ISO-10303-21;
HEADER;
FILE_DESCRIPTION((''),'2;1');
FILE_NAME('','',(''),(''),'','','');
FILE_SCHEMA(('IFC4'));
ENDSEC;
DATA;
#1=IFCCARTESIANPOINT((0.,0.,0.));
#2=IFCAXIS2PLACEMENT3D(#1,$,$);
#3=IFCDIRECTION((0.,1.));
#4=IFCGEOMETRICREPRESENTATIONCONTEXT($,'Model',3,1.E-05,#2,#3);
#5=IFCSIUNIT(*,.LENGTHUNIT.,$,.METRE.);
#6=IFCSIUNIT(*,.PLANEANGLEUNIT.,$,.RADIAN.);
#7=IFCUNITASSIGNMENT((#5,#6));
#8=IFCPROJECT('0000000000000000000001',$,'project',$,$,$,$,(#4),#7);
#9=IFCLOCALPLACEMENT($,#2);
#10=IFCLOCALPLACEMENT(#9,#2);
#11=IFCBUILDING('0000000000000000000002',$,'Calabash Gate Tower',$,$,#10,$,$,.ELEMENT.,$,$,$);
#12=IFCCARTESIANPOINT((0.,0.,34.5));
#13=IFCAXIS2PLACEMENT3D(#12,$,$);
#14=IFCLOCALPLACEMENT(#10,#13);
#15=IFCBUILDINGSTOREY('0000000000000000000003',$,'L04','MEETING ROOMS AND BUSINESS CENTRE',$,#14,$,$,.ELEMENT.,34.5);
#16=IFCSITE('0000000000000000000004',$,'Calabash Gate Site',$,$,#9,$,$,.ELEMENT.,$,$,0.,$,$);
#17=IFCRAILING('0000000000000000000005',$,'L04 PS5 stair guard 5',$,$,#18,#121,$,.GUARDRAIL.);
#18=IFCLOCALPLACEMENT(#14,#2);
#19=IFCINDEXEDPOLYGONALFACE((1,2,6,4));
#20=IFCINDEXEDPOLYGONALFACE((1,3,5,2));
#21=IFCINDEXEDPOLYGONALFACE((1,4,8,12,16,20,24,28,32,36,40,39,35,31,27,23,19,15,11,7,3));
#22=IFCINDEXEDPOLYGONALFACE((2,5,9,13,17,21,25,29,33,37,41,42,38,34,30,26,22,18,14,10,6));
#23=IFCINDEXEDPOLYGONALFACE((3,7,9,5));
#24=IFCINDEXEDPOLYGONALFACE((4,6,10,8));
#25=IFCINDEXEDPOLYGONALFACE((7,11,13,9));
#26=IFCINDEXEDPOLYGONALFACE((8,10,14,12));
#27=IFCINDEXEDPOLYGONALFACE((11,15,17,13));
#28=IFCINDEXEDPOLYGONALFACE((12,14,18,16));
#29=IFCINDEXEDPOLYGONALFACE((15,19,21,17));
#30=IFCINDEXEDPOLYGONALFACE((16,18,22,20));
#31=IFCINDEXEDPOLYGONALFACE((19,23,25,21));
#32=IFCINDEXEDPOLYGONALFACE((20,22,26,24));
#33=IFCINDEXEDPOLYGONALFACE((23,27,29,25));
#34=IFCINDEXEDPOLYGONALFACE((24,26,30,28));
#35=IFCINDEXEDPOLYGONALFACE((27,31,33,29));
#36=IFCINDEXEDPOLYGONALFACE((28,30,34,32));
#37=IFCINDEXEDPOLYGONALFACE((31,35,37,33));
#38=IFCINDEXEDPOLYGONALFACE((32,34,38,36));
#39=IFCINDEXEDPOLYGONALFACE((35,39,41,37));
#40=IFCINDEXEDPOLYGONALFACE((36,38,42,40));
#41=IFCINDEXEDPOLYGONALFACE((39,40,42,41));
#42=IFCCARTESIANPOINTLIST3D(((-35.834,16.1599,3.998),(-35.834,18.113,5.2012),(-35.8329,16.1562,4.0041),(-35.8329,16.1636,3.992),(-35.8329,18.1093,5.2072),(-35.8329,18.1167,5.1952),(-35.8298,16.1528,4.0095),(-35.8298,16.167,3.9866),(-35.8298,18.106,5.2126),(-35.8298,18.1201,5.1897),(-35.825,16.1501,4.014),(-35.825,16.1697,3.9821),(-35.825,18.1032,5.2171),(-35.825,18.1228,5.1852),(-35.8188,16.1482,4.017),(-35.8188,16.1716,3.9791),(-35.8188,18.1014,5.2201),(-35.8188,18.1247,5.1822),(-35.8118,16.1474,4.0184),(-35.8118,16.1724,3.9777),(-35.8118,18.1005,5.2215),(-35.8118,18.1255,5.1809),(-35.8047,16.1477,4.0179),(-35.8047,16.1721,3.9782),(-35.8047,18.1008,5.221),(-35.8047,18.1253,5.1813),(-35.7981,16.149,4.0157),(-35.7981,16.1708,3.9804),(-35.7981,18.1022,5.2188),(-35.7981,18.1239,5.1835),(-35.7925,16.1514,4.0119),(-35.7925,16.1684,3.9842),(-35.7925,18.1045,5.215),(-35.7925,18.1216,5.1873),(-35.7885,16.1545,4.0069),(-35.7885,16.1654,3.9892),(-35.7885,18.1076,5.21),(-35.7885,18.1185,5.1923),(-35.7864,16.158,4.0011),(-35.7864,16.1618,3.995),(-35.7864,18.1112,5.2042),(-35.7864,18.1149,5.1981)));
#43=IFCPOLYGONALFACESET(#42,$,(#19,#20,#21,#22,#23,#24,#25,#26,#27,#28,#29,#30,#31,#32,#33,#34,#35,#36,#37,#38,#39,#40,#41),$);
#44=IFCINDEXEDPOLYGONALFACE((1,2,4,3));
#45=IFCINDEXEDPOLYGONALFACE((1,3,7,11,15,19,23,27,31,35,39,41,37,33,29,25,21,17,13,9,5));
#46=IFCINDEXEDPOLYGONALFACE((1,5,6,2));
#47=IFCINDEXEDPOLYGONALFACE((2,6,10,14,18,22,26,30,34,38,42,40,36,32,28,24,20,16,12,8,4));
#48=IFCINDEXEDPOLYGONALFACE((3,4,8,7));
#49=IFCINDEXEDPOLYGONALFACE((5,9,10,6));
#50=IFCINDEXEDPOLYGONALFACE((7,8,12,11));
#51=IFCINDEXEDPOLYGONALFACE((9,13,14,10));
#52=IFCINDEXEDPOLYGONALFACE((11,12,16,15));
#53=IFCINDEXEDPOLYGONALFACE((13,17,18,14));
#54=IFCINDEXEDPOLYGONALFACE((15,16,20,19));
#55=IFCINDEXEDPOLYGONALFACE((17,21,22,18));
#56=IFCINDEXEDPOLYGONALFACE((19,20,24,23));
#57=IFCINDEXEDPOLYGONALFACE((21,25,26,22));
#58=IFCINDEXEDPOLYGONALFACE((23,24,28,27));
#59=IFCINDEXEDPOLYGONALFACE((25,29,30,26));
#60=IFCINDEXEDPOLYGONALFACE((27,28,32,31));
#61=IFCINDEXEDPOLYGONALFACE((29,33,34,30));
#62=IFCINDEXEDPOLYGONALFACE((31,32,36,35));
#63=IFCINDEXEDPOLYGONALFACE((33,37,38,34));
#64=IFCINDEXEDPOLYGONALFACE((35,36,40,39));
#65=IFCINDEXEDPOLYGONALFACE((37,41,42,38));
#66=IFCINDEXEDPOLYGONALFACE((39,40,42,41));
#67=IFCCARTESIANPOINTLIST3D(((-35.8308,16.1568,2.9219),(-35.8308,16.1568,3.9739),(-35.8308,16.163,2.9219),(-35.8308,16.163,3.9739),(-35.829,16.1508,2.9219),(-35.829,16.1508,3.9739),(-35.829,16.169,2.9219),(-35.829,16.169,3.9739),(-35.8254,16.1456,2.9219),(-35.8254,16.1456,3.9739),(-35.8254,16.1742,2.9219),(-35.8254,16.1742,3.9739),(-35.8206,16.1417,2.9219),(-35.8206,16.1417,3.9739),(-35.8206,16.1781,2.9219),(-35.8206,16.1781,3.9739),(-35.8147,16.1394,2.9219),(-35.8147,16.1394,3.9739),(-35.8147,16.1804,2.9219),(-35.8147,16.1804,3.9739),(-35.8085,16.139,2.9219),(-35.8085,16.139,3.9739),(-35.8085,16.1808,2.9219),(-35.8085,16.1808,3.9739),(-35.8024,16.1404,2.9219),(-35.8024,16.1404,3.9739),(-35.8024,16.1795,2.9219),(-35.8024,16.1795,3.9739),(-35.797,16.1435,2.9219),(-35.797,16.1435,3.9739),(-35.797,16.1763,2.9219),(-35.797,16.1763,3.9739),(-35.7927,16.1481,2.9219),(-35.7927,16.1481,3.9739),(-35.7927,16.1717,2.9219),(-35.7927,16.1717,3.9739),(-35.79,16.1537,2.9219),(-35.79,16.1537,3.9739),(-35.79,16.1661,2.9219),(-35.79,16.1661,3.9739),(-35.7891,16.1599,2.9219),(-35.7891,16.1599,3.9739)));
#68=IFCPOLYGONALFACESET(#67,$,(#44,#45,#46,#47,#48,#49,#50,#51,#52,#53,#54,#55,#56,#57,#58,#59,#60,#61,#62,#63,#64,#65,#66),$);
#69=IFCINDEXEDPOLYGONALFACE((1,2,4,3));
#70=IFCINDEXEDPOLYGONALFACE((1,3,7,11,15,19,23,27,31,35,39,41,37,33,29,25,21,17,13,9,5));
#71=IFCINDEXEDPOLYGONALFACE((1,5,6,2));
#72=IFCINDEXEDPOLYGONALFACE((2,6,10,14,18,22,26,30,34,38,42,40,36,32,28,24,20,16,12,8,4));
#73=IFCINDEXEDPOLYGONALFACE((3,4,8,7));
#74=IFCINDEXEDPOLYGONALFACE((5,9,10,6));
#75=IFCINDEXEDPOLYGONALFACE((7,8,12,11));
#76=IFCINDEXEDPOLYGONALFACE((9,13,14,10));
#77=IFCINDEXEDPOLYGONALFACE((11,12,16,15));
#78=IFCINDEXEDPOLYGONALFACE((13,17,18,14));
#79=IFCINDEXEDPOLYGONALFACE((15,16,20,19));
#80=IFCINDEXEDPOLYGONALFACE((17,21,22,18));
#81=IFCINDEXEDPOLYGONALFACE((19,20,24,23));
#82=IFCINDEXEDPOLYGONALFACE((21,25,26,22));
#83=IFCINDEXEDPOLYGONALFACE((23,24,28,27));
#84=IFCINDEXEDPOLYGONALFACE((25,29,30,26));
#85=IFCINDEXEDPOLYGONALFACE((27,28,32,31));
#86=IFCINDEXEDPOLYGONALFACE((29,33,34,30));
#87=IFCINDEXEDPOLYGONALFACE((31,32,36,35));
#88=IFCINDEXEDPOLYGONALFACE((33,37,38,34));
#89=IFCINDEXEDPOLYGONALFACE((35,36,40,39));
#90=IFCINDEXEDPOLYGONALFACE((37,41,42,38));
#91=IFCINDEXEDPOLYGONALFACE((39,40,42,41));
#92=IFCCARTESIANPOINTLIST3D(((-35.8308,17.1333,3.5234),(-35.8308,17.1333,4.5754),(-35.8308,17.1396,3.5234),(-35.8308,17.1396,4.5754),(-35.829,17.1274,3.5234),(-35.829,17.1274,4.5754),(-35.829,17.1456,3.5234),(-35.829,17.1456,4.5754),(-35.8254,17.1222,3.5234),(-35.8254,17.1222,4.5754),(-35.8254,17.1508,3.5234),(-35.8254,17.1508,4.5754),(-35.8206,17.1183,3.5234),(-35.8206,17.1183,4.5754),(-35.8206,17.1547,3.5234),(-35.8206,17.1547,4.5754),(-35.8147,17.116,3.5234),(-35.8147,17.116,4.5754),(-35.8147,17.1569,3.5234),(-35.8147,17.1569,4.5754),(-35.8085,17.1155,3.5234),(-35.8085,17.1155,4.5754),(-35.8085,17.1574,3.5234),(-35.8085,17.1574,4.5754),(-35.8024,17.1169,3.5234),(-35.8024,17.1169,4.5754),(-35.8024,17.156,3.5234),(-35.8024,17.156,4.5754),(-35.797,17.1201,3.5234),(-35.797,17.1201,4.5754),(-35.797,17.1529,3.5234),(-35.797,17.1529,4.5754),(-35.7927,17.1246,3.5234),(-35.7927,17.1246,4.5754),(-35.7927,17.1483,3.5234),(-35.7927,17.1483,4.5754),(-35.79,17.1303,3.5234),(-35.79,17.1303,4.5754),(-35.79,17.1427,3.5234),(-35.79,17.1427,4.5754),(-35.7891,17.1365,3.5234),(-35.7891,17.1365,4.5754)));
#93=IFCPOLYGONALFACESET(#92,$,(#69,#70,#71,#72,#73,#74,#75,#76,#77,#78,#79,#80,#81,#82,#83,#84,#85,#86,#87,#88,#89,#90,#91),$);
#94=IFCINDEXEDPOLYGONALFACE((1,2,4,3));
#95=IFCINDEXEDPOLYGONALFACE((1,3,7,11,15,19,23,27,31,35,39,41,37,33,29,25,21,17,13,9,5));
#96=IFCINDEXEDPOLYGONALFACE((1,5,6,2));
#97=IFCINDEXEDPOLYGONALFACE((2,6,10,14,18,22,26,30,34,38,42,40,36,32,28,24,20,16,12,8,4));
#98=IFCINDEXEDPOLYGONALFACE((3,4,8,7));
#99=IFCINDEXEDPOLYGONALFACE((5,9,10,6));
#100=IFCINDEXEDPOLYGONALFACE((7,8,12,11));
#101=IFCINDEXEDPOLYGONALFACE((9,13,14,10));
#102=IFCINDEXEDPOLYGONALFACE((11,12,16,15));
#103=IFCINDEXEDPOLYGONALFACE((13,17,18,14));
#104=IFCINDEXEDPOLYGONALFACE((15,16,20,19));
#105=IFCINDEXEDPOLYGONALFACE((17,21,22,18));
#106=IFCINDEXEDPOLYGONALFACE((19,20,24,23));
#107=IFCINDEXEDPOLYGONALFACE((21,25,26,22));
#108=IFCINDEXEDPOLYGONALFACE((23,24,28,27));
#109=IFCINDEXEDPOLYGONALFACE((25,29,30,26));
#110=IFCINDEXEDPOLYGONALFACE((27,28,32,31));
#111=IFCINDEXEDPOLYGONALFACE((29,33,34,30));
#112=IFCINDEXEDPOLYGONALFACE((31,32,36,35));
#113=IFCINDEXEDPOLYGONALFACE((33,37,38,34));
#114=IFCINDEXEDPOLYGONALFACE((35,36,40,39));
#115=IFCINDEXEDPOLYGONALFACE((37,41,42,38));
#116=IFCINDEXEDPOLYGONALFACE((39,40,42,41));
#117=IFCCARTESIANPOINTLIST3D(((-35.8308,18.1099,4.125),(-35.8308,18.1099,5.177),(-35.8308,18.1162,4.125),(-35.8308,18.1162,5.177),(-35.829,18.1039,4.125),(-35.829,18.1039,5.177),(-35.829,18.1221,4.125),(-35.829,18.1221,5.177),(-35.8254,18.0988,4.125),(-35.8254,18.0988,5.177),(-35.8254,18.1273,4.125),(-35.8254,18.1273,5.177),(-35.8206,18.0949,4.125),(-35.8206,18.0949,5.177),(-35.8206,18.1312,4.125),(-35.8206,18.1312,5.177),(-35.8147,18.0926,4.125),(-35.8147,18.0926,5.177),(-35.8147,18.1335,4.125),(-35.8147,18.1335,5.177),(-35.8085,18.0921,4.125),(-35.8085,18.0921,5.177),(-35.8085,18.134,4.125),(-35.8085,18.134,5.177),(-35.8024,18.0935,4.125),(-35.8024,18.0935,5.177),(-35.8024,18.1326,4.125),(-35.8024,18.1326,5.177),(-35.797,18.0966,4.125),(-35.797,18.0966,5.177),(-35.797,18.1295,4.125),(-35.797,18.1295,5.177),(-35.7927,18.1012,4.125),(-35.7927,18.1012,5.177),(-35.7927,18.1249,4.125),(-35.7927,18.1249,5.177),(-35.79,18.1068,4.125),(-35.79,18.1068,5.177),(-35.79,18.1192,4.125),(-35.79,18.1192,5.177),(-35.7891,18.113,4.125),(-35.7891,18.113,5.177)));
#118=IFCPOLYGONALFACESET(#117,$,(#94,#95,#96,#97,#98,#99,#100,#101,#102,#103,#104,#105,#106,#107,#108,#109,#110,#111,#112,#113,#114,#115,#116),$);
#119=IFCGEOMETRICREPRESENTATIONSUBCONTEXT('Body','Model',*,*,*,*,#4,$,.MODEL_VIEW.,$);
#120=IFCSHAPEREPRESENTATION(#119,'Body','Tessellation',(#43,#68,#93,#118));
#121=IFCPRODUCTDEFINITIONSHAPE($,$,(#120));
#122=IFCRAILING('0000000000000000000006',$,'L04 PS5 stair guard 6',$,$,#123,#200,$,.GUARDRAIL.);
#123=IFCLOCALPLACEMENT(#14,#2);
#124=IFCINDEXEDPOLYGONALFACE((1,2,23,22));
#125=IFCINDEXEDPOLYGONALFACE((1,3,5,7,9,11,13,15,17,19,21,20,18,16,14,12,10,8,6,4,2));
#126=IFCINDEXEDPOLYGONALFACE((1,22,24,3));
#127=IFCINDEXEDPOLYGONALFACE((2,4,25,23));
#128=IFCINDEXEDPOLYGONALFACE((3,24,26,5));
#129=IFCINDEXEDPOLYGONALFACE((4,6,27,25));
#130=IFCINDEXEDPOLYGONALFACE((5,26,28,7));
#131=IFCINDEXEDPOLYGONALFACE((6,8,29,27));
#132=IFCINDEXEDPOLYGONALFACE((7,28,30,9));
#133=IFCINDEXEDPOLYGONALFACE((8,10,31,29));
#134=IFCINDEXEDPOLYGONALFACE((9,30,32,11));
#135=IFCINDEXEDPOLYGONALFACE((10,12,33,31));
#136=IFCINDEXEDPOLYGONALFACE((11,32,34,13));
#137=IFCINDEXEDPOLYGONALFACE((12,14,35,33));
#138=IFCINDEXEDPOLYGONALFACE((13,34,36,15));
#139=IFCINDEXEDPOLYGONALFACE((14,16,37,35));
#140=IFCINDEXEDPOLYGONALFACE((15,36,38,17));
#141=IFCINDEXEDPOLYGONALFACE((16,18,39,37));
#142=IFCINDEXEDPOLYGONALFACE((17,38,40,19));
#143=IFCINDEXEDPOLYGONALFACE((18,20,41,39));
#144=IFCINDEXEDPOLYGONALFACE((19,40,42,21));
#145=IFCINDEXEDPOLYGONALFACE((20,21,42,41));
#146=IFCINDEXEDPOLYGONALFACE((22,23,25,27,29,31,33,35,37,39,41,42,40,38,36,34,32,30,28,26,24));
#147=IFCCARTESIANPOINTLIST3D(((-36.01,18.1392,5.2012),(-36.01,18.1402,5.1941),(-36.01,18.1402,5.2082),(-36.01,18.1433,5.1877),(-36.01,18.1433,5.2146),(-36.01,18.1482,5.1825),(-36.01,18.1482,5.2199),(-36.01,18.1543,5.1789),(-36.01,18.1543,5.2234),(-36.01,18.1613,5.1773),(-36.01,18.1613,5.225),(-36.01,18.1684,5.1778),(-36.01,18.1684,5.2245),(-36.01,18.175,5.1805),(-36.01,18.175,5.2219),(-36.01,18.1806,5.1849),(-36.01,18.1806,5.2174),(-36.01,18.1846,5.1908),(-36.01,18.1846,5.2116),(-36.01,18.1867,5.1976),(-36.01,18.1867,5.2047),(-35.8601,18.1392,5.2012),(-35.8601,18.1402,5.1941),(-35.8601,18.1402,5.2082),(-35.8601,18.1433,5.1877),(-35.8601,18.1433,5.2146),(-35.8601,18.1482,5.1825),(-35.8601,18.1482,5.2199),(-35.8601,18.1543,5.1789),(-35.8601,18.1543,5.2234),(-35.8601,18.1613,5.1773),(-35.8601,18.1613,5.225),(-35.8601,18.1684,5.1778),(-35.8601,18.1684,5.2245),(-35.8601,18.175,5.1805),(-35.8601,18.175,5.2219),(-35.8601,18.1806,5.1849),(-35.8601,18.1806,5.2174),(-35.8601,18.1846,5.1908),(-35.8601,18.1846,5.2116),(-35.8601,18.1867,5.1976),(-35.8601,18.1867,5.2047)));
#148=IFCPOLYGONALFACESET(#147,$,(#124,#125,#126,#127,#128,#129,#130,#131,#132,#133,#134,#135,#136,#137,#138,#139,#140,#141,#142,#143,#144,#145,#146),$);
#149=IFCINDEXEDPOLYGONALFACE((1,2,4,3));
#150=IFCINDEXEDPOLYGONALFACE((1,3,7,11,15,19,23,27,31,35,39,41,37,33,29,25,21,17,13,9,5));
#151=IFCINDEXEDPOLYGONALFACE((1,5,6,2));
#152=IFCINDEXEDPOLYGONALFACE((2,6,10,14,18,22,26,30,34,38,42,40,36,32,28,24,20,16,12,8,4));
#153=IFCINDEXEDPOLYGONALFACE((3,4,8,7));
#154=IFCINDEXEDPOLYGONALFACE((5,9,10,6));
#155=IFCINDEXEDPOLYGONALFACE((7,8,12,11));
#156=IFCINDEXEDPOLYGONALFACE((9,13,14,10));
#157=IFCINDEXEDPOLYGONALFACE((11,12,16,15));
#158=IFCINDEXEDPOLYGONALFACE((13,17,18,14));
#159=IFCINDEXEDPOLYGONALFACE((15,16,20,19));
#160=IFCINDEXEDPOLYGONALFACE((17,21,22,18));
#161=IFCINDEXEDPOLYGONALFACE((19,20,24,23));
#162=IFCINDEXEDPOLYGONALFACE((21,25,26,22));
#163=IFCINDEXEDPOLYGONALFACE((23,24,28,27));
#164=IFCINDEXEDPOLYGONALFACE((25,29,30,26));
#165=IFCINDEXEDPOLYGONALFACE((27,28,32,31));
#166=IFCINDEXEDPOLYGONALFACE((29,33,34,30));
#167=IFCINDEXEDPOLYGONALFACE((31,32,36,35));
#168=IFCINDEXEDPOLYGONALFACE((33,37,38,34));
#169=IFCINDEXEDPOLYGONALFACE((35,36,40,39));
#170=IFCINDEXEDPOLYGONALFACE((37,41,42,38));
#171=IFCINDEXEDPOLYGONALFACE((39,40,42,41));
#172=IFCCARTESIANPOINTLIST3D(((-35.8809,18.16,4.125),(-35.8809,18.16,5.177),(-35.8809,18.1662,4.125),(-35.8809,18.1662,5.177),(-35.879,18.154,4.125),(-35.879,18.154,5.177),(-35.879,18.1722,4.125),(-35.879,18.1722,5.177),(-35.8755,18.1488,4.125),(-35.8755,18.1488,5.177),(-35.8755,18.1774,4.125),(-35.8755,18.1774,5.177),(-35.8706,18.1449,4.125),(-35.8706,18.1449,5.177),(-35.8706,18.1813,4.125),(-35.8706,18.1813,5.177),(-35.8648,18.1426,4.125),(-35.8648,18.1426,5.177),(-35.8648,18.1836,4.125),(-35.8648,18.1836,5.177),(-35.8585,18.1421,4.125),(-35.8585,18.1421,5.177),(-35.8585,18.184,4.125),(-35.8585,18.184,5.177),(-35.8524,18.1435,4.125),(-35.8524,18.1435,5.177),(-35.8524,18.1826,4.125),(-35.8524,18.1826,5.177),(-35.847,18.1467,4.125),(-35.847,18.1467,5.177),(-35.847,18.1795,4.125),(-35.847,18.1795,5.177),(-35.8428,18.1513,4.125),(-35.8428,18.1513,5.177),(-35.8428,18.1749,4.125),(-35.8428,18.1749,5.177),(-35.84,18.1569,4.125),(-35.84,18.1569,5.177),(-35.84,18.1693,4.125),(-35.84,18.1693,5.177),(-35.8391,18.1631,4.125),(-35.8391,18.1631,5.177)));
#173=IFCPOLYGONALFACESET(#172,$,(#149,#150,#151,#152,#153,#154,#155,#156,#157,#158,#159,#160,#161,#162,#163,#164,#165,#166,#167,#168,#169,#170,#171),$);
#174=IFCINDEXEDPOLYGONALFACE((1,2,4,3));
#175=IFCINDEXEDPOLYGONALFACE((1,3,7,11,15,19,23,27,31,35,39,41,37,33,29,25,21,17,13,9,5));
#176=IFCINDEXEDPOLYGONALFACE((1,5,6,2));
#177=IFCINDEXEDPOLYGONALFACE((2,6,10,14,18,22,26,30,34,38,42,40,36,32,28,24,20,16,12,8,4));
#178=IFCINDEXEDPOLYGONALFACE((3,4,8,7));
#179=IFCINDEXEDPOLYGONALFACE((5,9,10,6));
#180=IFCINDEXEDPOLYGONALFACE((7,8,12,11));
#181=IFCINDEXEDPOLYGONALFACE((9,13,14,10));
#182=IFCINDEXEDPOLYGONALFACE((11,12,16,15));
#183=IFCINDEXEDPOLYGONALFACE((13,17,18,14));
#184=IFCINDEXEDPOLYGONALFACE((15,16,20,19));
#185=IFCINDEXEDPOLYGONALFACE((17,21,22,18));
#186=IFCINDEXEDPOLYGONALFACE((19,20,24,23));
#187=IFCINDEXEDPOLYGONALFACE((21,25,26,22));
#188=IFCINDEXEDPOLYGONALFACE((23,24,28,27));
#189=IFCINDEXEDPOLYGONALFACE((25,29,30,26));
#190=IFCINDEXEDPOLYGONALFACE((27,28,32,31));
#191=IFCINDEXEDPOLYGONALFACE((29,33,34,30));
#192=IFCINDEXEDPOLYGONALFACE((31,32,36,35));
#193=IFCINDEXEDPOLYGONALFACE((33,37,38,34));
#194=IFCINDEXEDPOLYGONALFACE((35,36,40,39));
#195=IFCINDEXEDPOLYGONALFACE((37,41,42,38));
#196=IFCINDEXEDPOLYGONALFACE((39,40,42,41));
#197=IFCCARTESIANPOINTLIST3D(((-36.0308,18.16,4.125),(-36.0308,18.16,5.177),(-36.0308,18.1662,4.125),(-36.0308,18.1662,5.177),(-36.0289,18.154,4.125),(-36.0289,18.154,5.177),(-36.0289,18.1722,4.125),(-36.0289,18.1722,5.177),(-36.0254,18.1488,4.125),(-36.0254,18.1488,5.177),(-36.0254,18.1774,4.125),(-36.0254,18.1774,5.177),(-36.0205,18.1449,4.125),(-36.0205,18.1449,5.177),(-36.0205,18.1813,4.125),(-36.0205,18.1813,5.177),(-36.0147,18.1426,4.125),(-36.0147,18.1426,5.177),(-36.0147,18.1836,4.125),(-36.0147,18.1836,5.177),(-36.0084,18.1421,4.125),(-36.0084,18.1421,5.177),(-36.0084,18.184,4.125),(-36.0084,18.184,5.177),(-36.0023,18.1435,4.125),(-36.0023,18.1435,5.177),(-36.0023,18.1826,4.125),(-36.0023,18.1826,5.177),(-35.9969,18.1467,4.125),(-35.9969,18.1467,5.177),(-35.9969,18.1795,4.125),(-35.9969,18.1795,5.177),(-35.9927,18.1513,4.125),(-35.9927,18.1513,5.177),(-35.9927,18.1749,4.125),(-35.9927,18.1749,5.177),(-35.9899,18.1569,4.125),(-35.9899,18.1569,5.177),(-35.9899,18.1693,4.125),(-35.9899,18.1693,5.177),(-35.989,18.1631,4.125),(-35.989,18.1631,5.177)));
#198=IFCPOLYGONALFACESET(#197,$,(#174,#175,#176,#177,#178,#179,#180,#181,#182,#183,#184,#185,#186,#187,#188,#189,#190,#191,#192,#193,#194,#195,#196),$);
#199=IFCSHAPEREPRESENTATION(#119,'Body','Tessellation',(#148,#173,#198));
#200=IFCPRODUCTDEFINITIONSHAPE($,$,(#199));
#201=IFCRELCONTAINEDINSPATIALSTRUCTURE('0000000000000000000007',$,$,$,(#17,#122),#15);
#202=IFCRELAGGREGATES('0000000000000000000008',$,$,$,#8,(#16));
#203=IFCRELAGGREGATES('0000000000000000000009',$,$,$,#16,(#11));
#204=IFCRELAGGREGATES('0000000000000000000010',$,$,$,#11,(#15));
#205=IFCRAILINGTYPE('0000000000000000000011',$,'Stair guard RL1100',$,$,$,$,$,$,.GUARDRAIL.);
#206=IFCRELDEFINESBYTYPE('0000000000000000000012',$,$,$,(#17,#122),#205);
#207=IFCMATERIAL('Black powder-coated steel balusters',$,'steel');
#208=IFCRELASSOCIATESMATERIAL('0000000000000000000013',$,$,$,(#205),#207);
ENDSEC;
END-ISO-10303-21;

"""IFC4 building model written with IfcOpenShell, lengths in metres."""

from ifc_helpers import new_model, si_unit, direction, frame, origin, origin_2d, place, context, subcontext, project, spatial, circle, extrude, material, type_object, element, save


model = new_model("IFC4")

# Units and contexts
model_context = context("Model", 3, precision=1e-05, world=origin(), true_north=direction((0.0, 1.0)))
body_context = subcontext(model_context, "Body", "Model", "MODEL_VIEW")
ifc_project = project(units=[si_unit("LENGTHUNIT", "METRE"), si_unit("PLANEANGLEUNIT", "RADIAN")], contexts=[model_context])

# Site, building, storey
site_placement = place(None, origin())
site = spatial("IfcSite", under=ifc_project, at=site_placement, Name="Calabash Gate Site", CompositionType="ELEMENT", RefElevation=0.0)
building_placement = place(site_placement, origin())
building = spatial("IfcBuilding", under=site, at=building_placement, Name="Calabash Gate Tower", CompositionType="ELEMENT")
storey_placement = place(building_placement, frame((0.0, 0.0, 34.5)))
storey = spatial("IfcBuildingStorey", under=building, at=storey_placement, Name="L04", Description="MEETING ROOMS AND BUSINESS CENTRE", CompositionType="ELEMENT", Elevation=34.5)

# Railings
ifc_material_1 = material(Name="Black powder-coated steel balusters", Category="steel")
railing_type_1 = type_object("IfcRailingType", Name="Stair guard RL1100", PredefinedType="GUARDRAIL", material=ifc_material_1)
railing_1_placement = place(storey_placement, frame((-35.8101, 16.1599, 2.9219)))
element("IfcRailing", 1, at=railing_1_placement, inside=storey, type_object=railing_type_1, Name="L04 PS5 stair guard 5", PredefinedType="GUARDRAIL", context=body_context, shape_type="SweptSolid", body=[
    extrude(circle(Radius=0.0239, at=origin_2d()), frame((0.0, 0.0, 1.0762), z_axis=(0.0, 0.851424, 0.524477), x_axis=(-1.0, 0.0, 0.0)), (0.0, 0.0, 1.0), 2.2939),
    extrude(circle(Radius=0.021, at=origin_2d()), origin(), (0.0, 0.0, 1.0), 1.052),
    extrude(circle(Radius=0.021, at=origin_2d()), frame((0.0, 0.9766, 0.6016)), (0.0, 0.0, 1.0), 1.052),
    extrude(circle(Radius=0.021, at=origin_2d()), frame((0.0, 1.9531, 1.2031)), (0.0, 0.0, 1.0), 1.052),
])
railing_2_placement = place(storey_placement, frame((-35.8601, 18.1631, 4.125)))
element("IfcRailing", 2, at=railing_2_placement, inside=storey, type_object=railing_type_1, Name="L04 PS5 stair guard 6", PredefinedType="GUARDRAIL", context=body_context, shape_type="SweptSolid", body=[
    extrude(circle(Radius=0.0239, at=origin_2d()), frame((0.0, 0.0, 1.0762), z_axis=(-1.0, 0.0, 0.0), x_axis=(0.0, -1.0, 0.0)), (0.0, 0.0, 1.0), 0.1499),
    extrude(circle(Radius=0.021, at=origin_2d()), origin(), (0.0, 0.0, 1.0), 1.052),
    extrude(circle(Radius=0.021, at=origin_2d()), frame((-0.1499, 0.0, 0.0)), (0.0, 0.0, 1.0), 1.052),
])

save(model, "model.ifc")
